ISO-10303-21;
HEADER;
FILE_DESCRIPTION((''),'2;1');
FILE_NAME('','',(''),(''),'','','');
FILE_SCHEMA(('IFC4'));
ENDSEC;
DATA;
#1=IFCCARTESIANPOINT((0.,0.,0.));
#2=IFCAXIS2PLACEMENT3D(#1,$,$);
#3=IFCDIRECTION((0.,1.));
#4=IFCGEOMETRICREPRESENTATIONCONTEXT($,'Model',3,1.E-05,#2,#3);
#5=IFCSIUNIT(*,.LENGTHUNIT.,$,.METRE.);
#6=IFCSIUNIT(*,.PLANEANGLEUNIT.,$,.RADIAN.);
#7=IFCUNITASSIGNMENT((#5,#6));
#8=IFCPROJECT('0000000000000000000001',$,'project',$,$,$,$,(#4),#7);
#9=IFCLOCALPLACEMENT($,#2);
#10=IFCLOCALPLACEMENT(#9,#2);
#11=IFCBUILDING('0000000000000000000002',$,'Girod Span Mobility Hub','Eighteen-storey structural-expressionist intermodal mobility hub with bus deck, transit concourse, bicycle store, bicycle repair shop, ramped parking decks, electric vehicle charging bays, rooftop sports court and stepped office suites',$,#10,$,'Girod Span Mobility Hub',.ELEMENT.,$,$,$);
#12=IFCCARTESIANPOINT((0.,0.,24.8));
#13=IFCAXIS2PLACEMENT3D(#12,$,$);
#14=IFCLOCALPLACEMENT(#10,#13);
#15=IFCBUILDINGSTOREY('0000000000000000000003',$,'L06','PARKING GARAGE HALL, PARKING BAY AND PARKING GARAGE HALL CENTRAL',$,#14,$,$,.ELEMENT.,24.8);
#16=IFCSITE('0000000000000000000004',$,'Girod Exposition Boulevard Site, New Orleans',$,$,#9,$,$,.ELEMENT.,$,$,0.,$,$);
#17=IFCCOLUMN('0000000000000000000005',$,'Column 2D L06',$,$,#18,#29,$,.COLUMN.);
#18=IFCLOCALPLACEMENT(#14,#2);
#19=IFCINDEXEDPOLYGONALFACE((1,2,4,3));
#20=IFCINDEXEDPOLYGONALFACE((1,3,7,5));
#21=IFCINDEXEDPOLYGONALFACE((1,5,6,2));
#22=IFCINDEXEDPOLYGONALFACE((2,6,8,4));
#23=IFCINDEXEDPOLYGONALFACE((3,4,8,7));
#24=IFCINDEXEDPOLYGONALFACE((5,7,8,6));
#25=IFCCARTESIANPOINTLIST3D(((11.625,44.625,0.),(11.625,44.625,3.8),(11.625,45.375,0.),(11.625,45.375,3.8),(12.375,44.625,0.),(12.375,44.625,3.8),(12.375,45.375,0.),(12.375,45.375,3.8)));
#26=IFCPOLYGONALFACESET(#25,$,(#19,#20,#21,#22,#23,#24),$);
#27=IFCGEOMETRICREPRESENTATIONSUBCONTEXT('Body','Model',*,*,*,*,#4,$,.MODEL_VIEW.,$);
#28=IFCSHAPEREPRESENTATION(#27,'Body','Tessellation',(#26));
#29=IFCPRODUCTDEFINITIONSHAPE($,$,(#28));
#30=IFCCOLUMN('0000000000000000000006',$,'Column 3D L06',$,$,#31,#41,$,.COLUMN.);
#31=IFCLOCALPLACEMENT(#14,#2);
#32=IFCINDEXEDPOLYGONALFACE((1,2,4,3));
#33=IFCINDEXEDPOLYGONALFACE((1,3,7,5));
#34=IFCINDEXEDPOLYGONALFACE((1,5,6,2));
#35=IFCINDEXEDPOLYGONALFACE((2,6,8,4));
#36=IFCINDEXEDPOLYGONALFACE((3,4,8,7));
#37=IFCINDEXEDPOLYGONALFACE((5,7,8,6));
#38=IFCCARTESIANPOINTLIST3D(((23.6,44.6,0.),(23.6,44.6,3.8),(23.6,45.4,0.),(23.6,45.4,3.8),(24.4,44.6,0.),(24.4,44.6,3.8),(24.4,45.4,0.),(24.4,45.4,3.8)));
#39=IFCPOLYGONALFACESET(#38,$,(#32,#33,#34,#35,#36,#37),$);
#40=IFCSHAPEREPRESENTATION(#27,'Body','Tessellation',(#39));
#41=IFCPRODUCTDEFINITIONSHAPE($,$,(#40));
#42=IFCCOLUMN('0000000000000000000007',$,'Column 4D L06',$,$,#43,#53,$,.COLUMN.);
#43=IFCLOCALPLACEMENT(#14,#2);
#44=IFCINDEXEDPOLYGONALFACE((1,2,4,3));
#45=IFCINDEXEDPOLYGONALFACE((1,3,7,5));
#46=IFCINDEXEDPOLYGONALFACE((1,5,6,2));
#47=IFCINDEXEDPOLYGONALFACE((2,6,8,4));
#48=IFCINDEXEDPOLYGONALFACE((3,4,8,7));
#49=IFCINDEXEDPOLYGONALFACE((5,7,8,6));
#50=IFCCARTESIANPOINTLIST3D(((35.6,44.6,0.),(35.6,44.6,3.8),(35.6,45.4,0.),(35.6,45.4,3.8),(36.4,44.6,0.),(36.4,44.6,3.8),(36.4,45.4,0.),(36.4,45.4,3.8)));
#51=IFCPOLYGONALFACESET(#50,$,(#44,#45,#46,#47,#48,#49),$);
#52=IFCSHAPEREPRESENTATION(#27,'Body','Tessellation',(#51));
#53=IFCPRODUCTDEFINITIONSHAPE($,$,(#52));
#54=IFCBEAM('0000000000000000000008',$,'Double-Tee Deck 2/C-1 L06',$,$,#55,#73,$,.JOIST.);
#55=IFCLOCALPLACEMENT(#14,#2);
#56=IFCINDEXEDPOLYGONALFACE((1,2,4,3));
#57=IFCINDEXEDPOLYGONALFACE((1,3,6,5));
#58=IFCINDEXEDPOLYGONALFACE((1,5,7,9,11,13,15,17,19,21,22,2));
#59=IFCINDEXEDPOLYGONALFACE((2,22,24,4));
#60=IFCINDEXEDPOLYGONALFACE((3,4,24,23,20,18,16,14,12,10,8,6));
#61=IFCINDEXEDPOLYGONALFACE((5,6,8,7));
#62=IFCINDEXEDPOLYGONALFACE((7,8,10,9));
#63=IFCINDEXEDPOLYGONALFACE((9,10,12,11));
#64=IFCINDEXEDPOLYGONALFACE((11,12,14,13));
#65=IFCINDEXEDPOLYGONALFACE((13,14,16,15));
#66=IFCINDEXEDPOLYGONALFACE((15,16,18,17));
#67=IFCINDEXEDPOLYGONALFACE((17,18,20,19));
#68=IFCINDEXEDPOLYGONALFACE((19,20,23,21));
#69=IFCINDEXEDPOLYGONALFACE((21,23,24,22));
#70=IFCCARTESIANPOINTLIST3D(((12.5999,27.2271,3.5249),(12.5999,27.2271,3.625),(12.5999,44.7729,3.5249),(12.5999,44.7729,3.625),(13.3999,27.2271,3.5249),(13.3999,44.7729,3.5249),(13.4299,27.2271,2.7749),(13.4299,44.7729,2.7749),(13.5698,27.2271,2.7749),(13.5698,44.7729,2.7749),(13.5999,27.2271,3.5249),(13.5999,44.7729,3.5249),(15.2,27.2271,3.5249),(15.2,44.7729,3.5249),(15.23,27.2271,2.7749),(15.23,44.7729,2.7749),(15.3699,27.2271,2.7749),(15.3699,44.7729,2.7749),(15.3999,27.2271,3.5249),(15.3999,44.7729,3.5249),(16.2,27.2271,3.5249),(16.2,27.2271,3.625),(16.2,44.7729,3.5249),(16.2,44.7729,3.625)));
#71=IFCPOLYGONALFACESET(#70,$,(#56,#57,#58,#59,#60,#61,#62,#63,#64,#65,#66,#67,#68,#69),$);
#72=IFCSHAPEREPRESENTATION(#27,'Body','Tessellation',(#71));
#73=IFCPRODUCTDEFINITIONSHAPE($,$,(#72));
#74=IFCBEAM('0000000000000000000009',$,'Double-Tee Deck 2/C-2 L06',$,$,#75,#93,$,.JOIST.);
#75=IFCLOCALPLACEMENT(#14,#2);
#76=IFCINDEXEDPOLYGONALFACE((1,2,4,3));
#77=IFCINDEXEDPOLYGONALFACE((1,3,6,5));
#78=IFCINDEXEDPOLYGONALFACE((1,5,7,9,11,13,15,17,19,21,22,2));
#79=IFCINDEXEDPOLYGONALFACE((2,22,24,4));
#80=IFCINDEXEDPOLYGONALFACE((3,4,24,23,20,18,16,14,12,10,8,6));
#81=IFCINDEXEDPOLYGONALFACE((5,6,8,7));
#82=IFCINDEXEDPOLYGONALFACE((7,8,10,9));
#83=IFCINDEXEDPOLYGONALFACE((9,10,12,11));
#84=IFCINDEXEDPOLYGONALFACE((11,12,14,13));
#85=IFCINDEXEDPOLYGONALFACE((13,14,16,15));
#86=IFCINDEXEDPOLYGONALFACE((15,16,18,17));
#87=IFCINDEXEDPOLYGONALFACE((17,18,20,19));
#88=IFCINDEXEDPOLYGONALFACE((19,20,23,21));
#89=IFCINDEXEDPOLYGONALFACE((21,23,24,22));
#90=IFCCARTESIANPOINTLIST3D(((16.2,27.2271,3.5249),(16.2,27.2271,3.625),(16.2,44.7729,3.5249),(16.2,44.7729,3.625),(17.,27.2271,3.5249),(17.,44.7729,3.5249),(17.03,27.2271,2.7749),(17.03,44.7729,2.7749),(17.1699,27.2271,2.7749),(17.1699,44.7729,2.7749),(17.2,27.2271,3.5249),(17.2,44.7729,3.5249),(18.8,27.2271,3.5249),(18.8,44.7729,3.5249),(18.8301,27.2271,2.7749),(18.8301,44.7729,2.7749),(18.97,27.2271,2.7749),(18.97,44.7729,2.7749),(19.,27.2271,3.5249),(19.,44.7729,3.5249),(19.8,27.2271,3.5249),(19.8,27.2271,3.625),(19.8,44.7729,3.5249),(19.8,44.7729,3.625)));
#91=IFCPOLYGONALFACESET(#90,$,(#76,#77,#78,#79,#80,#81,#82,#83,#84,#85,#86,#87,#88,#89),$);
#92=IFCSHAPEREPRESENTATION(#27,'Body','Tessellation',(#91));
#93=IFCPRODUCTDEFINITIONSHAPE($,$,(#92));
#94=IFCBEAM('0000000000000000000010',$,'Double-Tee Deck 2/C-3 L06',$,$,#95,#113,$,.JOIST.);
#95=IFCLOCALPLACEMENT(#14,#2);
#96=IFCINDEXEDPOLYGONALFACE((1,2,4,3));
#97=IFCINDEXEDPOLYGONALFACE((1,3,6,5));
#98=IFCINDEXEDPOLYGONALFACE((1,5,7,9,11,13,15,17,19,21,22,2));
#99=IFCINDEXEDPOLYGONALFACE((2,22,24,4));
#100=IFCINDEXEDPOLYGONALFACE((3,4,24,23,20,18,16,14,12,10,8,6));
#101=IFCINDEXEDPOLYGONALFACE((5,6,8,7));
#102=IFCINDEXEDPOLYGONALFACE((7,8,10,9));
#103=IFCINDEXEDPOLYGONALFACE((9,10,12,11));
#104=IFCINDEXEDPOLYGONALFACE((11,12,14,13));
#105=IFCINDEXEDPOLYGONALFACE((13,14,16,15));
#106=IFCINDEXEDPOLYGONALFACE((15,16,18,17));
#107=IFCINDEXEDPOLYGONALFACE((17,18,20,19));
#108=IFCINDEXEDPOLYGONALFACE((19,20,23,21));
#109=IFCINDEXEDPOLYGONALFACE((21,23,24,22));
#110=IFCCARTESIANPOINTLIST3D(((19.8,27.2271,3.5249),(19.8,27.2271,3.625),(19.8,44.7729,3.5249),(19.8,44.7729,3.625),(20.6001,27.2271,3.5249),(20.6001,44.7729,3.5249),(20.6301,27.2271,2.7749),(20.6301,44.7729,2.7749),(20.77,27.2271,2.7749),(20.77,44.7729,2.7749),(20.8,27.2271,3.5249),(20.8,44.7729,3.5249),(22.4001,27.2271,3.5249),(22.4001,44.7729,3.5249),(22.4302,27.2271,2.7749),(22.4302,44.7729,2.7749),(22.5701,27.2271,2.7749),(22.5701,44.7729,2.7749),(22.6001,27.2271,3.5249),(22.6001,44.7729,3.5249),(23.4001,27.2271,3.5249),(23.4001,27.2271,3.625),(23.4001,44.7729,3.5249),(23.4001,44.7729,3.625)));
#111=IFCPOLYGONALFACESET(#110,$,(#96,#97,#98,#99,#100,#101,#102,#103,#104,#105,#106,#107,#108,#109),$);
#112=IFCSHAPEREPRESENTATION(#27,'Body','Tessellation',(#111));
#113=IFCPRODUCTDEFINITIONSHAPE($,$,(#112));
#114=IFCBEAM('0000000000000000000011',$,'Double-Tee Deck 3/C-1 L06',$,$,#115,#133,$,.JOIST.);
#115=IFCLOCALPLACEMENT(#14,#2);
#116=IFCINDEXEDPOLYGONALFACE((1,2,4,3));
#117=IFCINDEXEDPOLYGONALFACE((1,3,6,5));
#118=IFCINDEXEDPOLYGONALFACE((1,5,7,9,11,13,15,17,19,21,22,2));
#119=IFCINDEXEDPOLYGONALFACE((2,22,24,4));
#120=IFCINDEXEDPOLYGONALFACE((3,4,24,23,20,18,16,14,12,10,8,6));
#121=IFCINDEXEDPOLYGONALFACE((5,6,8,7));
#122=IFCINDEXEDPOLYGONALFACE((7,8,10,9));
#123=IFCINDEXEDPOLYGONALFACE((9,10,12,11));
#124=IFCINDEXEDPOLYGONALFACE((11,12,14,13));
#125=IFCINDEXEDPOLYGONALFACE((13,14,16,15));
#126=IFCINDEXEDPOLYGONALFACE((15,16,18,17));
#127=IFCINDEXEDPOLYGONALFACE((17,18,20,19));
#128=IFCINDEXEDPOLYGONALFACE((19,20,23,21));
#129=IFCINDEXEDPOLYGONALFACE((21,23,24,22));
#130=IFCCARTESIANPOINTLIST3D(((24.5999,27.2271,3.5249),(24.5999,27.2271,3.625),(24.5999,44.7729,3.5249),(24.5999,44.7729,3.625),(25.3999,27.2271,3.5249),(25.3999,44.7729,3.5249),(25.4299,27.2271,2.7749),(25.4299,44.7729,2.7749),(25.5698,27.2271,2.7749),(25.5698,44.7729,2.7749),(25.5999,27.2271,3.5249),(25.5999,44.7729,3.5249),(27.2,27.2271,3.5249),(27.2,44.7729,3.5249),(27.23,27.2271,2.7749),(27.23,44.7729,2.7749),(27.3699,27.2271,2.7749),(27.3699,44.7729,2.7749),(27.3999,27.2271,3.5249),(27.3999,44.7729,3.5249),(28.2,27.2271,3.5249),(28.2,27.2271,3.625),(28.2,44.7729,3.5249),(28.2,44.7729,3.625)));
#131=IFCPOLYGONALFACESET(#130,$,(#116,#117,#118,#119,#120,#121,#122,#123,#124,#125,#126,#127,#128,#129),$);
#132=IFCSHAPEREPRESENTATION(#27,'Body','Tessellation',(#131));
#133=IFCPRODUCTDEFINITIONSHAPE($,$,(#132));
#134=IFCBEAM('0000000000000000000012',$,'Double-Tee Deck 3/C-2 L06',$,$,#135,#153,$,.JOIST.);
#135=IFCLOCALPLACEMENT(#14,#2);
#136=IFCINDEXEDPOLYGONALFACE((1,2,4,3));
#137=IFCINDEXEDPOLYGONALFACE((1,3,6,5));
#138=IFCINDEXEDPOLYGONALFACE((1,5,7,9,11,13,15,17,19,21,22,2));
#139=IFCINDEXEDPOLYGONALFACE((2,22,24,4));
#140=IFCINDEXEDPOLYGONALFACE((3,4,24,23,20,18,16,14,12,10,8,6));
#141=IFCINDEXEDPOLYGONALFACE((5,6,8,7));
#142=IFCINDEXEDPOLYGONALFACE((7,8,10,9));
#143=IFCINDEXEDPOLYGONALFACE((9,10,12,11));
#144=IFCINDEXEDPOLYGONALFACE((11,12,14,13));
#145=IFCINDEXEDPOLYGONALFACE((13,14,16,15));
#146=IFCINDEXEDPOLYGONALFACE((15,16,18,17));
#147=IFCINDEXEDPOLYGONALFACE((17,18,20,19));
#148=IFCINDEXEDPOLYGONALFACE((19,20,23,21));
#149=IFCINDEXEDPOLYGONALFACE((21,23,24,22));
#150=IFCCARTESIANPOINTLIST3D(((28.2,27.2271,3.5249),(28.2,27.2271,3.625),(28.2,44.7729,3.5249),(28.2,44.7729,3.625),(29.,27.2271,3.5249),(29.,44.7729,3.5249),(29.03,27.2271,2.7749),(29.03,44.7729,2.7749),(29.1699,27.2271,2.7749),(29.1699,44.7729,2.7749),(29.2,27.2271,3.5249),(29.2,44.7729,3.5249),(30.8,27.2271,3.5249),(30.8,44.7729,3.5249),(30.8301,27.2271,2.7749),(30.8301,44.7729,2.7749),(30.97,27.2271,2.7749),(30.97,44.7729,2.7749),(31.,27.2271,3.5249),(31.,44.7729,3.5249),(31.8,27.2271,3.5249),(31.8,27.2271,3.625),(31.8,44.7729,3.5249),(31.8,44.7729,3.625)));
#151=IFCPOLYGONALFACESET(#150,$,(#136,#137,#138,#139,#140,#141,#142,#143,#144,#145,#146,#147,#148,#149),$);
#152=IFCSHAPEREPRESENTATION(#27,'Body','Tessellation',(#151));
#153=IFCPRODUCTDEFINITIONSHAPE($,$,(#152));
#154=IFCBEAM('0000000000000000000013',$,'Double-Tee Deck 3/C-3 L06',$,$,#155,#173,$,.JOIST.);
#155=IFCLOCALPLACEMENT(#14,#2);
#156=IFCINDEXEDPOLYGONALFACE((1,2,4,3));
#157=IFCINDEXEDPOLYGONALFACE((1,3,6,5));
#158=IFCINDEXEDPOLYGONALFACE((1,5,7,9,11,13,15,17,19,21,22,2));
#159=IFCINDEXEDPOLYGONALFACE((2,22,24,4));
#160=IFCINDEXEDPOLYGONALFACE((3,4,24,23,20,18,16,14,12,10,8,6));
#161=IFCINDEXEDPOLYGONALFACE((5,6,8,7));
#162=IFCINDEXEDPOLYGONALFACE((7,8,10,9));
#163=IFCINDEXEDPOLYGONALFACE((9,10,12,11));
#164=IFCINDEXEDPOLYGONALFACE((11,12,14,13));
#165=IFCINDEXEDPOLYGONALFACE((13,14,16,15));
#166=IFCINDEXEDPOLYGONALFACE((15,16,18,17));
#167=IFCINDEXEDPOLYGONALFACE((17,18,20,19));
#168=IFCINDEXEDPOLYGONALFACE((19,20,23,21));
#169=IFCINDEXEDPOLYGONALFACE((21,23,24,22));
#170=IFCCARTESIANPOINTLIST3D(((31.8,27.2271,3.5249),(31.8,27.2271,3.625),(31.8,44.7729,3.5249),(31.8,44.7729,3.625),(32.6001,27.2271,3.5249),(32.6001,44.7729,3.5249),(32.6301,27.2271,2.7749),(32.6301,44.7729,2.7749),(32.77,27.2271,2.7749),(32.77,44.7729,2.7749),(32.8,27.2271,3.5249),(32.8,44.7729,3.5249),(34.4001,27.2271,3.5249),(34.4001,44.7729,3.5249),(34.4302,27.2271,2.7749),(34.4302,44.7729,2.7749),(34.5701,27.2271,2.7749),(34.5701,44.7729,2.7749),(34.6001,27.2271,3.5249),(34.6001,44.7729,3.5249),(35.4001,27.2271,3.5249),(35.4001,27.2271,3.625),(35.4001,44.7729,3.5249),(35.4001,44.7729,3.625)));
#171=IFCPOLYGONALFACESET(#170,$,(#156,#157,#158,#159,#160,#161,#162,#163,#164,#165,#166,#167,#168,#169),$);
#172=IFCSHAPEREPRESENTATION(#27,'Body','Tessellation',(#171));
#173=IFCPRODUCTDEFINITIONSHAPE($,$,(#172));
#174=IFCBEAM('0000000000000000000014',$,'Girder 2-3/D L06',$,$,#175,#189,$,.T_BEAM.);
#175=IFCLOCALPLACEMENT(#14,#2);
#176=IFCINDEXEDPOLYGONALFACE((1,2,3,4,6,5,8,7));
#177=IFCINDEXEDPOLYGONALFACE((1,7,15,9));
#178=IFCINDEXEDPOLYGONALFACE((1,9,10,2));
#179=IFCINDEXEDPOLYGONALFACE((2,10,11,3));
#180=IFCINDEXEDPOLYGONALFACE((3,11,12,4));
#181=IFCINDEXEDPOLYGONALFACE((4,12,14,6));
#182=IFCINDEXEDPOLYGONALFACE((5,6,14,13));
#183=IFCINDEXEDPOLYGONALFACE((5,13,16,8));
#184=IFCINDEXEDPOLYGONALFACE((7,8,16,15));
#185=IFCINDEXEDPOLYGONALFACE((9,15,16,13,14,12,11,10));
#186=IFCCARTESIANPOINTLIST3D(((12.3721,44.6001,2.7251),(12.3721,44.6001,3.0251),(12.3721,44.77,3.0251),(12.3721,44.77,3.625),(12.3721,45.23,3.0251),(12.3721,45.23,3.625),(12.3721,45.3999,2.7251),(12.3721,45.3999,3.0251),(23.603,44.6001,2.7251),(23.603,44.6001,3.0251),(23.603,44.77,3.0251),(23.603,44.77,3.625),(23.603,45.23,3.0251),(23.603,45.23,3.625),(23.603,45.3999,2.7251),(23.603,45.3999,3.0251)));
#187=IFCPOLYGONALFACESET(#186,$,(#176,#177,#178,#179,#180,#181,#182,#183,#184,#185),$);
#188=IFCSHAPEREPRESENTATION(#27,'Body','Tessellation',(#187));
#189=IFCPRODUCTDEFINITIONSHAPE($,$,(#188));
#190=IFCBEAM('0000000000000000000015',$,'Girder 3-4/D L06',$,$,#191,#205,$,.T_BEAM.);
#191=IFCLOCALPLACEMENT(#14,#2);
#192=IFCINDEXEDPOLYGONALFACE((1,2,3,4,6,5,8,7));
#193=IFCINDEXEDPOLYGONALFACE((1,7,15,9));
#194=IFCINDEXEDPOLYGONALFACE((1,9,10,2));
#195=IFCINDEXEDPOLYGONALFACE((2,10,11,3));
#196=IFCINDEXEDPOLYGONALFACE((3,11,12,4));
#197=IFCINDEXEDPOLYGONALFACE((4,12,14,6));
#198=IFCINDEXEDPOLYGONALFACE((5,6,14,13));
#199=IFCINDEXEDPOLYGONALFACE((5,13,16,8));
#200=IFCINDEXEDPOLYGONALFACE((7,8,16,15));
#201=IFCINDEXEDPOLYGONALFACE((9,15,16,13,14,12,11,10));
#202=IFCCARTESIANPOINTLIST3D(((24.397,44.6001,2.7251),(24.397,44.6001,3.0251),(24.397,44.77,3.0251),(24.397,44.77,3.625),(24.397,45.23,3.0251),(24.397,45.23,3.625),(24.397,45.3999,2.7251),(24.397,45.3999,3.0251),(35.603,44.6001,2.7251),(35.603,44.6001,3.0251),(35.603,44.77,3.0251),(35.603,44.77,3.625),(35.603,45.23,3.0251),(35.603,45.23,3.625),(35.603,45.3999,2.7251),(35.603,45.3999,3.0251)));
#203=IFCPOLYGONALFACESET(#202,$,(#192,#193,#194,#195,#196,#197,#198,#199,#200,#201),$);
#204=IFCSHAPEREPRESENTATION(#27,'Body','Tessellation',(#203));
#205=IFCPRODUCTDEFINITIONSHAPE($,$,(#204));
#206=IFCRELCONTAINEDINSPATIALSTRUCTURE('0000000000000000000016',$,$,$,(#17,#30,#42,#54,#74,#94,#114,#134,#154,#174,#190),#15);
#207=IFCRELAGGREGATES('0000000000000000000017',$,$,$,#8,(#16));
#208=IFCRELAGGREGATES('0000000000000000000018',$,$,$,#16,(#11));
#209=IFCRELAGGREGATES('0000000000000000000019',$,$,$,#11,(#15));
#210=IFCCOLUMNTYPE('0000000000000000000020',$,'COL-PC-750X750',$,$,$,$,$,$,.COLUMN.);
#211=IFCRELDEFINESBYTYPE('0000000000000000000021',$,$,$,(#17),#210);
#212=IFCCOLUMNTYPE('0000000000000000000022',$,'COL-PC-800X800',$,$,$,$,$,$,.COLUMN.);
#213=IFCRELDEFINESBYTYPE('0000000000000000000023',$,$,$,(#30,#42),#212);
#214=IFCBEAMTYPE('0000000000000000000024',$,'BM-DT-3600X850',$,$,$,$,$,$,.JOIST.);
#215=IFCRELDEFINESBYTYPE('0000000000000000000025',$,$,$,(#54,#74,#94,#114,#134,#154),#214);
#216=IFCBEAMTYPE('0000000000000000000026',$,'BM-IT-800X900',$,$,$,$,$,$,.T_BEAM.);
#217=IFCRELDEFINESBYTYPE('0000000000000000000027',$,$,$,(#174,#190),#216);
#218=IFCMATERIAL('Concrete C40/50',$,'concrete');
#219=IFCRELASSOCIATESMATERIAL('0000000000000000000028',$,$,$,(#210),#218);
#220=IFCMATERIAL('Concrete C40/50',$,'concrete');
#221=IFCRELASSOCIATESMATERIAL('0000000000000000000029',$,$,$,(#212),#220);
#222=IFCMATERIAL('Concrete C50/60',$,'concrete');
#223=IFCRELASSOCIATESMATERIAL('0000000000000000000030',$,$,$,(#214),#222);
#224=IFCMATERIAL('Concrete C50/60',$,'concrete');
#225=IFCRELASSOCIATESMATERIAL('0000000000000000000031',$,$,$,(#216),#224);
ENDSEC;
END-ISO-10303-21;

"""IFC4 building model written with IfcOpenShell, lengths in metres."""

from ifc_helpers import new_model, si_unit, direction, frame, origin, origin_2d, place, context, subcontext, project, spatial, polyline, rectangle, outline, extrude, material, material_profile, profile_set, type_object, element, save


model = new_model("IFC4")

# Units and contexts
model_context = context("Model", 3, precision=1e-05, world=origin(), true_north=direction((0.0, 1.0)))
body_context = subcontext(model_context, "Body", "Model", "MODEL_VIEW")
ifc_project = project(units=[si_unit("LENGTHUNIT", "METRE"), si_unit("PLANEANGLEUNIT", "RADIAN")], contexts=[model_context])

# Site, building, storey
site_placement = place(None, origin())
site = spatial("IfcSite", under=ifc_project, at=site_placement, Name="Girod Exposition Boulevard Site, New Orleans", CompositionType="ELEMENT", RefElevation=0.0)
building_placement = place(site_placement, origin())
building = spatial("IfcBuilding", under=site, at=building_placement, Name="Girod Span Mobility Hub", Description="Eighteen-storey structural-expressionist intermodal mobility hub with bus deck, transit concourse, bicycle store, bicycle repair shop, ramped parking decks, electric vehicle charging bays, rooftop sports court and stepped office suites", LongName="Girod Span Mobility Hub", CompositionType="ELEMENT")
storey_placement = place(building_placement, frame((0.0, 0.0, 24.8)))
storey = spatial("IfcBuildingStorey", under=building, at=storey_placement, Name="L06", Description="PARKING GARAGE HALL, PARKING BAY AND PARKING GARAGE HALL CENTRAL", CompositionType="ELEMENT", Elevation=24.8)

# Columns
ifc_material_1 = material(Name="Concrete C40/50", Category="concrete")
ifc_material_profile_1 = material_profile(ifc_material_1, rectangle(XDim=0.75, YDim=0.75, at=origin_2d()), Name="PC-COL-750X750")
ifc_profile_set_1 = profile_set([ifc_material_profile_1], Name="Concrete C40/50")
column_type_1 = type_object("IfcColumnType", Name="COL-PC-750X750", PredefinedType="COLUMN", material=ifc_profile_set_1)
column_placement = place(storey_placement, frame((12.0, 45.0, 0.0), z_axis=(0.0, 0.0, 1.0), x_axis=(1.0, 0.0, 0.0)))
element("IfcColumn", 1, at=column_placement, inside=storey, type_object=column_type_1, Name="Column 2D L06", PredefinedType="COLUMN", context=body_context, shape_type="SweptSolid", body=[
    extrude(rectangle(XDim=0.75, YDim=0.75, at=origin_2d()), origin(), (0.0, 0.0, 1.0), 3.8),
])
ifc_material_2 = material(Name="Concrete C40/50", Category="concrete")
ifc_material_profile_2 = material_profile(ifc_material_2, rectangle(XDim=0.8, YDim=0.8, at=origin_2d()), Name="PC-COL-800X800")
ifc_profile_set_2 = profile_set([ifc_material_profile_2], Name="Concrete C40/50")
column_type_2 = type_object("IfcColumnType", Name="COL-PC-800X800", PredefinedType="COLUMN", material=ifc_profile_set_2)
for number, where, z_axis, x_axis, name in (
    (2, (24.0, 45.0, 0.0), (0.0, 0.0, 1.0), (1.0, 0.0, 0.0), "Column 3D L06"),
    (3, (36.0, 45.0, 0.0), (0.0, 0.0, 1.0), (1.0, 0.0, 0.0), "Column 4D L06"),
):
    element("IfcColumn", number, at=place(storey_placement, frame(where, z_axis=z_axis, x_axis=x_axis)), inside=storey, type_object=column_type_2, Name=name, PredefinedType="COLUMN", context=body_context, shape_type="SweptSolid", body=[
        extrude(rectangle(XDim=0.8, YDim=0.8, at=origin_2d()), origin(), (0.0, 0.0, 1.0), 3.8),
    ])

# Beams
ifc_material_3 = material(Name="Concrete C50/60", Category="concrete")
ifc_material_profile_3 = material_profile(ifc_material_3, outline(polyline([(-1.8, 0.425), (-1.8, 0.325), (-1.0, 0.325), (-0.97, -0.425), (-0.8301, -0.425), (-0.8, 0.325), (0.8, 0.325), (0.8301, -0.425), (0.97, -0.425), (1.0, 0.325), (1.8, 0.325), (1.8, 0.425), (-1.8, 0.425)])), Name="DT-3600X850")
ifc_profile_set_3 = profile_set([ifc_material_profile_3], Name="Concrete C50/60")
beam_type_1 = type_object("IfcBeamType", Name="BM-DT-3600X850", PredefinedType="JOIST", material=ifc_profile_set_3)
for number, where, z_axis, x_axis, name in (
    (4, (14.3999, 27.2271, 3.2), (0.0, 1.0, 0.0), (-1.0, 0.0, 0.0), "Double-Tee Deck 2/C-1 L06"),
    (5, (18.0, 27.2271, 3.2), (0.0, 1.0, 0.0), (-1.0, 0.0, 0.0), "Double-Tee Deck 2/C-2 L06"),
    (6, (21.6001, 27.2271, 3.2), (0.0, 1.0, 0.0), (-1.0, 0.0, 0.0), "Double-Tee Deck 2/C-3 L06"),
    (7, (26.3999, 27.2271, 3.2), (0.0, 1.0, 0.0), (-1.0, 0.0, 0.0), "Double-Tee Deck 3/C-1 L06"),
    (8, (30.0, 27.2271, 3.2), (0.0, 1.0, 0.0), (-1.0, 0.0, 0.0), "Double-Tee Deck 3/C-2 L06"),
    (9, (33.6001, 27.2271, 3.2), (0.0, 1.0, 0.0), (-1.0, 0.0, 0.0), "Double-Tee Deck 3/C-3 L06"),
):
    element("IfcBeam", number, at=place(storey_placement, frame(where, z_axis=z_axis, x_axis=x_axis)), inside=storey, type_object=beam_type_1, Name=name, PredefinedType="JOIST", context=body_context, shape_type="SweptSolid", body=[
        extrude(outline(polyline([(-1.8, 0.425), (-1.8, 0.325), (-1.0, 0.325), (-0.97, -0.425), (-0.8301, -0.425), (-0.8, 0.325), (0.8, 0.325), (0.8301, -0.425), (0.97, -0.425), (1.0, 0.325), (1.8, 0.325), (1.8, 0.425), (-1.8, 0.425)])), origin(), (0.0, 0.0, 1.0), 17.5459),
    ])
ifc_material_4 = material(Name="Concrete C50/60", Category="concrete")
ifc_material_profile_4 = material_profile(ifc_material_4, outline(polyline([(-0.3999, -0.45), (0.3999, -0.45), (0.3999, -0.1499), (0.23, -0.1499), (0.23, 0.45), (-0.23, 0.45), (-0.23, -0.1499), (-0.3999, -0.1499), (-0.3999, -0.45)])), Name="IT-800X900")
ifc_profile_set_4 = profile_set([ifc_material_profile_4], Name="Concrete C50/60")
beam_type_2 = type_object("IfcBeamType", Name="BM-IT-800X900", PredefinedType="T_BEAM", material=ifc_profile_set_4)
beam_1_placement = place(storey_placement, frame((12.3721, 45.0, 3.175), z_axis=(1.0, 0.0, 0.0), x_axis=(0.0, 1.0, 0.0)))
element("IfcBeam", 10, at=beam_1_placement, inside=storey, type_object=beam_type_2, Name="Girder 2-3/D L06", PredefinedType="T_BEAM", context=body_context, shape_type="SweptSolid", body=[
    extrude(outline(polyline([(-0.3999, -0.45), (0.3999, -0.45), (0.3999, -0.1499), (0.23, -0.1499), (0.23, 0.45), (-0.23, 0.45), (-0.23, -0.1499), (-0.3999, -0.1499), (-0.3999, -0.45)])), origin(), (0.0, 0.0, 1.0), 11.231),
])
beam_2_placement = place(storey_placement, frame((24.397, 45.0, 3.175), z_axis=(1.0, 0.0, 0.0), x_axis=(0.0, 1.0, 0.0)))
element("IfcBeam", 11, at=beam_2_placement, inside=storey, type_object=beam_type_2, Name="Girder 3-4/D L06", PredefinedType="T_BEAM", context=body_context, shape_type="SweptSolid", body=[
    extrude(outline(polyline([(-0.3999, -0.45), (0.3999, -0.45), (0.3999, -0.1499), (0.23, -0.1499), (0.23, 0.45), (-0.23, 0.45), (-0.23, -0.1499), (-0.3999, -0.1499), (-0.3999, -0.45)])), origin(), (0.0, 0.0, 1.0), 11.2061),
])

save(model, "model.ifc")
